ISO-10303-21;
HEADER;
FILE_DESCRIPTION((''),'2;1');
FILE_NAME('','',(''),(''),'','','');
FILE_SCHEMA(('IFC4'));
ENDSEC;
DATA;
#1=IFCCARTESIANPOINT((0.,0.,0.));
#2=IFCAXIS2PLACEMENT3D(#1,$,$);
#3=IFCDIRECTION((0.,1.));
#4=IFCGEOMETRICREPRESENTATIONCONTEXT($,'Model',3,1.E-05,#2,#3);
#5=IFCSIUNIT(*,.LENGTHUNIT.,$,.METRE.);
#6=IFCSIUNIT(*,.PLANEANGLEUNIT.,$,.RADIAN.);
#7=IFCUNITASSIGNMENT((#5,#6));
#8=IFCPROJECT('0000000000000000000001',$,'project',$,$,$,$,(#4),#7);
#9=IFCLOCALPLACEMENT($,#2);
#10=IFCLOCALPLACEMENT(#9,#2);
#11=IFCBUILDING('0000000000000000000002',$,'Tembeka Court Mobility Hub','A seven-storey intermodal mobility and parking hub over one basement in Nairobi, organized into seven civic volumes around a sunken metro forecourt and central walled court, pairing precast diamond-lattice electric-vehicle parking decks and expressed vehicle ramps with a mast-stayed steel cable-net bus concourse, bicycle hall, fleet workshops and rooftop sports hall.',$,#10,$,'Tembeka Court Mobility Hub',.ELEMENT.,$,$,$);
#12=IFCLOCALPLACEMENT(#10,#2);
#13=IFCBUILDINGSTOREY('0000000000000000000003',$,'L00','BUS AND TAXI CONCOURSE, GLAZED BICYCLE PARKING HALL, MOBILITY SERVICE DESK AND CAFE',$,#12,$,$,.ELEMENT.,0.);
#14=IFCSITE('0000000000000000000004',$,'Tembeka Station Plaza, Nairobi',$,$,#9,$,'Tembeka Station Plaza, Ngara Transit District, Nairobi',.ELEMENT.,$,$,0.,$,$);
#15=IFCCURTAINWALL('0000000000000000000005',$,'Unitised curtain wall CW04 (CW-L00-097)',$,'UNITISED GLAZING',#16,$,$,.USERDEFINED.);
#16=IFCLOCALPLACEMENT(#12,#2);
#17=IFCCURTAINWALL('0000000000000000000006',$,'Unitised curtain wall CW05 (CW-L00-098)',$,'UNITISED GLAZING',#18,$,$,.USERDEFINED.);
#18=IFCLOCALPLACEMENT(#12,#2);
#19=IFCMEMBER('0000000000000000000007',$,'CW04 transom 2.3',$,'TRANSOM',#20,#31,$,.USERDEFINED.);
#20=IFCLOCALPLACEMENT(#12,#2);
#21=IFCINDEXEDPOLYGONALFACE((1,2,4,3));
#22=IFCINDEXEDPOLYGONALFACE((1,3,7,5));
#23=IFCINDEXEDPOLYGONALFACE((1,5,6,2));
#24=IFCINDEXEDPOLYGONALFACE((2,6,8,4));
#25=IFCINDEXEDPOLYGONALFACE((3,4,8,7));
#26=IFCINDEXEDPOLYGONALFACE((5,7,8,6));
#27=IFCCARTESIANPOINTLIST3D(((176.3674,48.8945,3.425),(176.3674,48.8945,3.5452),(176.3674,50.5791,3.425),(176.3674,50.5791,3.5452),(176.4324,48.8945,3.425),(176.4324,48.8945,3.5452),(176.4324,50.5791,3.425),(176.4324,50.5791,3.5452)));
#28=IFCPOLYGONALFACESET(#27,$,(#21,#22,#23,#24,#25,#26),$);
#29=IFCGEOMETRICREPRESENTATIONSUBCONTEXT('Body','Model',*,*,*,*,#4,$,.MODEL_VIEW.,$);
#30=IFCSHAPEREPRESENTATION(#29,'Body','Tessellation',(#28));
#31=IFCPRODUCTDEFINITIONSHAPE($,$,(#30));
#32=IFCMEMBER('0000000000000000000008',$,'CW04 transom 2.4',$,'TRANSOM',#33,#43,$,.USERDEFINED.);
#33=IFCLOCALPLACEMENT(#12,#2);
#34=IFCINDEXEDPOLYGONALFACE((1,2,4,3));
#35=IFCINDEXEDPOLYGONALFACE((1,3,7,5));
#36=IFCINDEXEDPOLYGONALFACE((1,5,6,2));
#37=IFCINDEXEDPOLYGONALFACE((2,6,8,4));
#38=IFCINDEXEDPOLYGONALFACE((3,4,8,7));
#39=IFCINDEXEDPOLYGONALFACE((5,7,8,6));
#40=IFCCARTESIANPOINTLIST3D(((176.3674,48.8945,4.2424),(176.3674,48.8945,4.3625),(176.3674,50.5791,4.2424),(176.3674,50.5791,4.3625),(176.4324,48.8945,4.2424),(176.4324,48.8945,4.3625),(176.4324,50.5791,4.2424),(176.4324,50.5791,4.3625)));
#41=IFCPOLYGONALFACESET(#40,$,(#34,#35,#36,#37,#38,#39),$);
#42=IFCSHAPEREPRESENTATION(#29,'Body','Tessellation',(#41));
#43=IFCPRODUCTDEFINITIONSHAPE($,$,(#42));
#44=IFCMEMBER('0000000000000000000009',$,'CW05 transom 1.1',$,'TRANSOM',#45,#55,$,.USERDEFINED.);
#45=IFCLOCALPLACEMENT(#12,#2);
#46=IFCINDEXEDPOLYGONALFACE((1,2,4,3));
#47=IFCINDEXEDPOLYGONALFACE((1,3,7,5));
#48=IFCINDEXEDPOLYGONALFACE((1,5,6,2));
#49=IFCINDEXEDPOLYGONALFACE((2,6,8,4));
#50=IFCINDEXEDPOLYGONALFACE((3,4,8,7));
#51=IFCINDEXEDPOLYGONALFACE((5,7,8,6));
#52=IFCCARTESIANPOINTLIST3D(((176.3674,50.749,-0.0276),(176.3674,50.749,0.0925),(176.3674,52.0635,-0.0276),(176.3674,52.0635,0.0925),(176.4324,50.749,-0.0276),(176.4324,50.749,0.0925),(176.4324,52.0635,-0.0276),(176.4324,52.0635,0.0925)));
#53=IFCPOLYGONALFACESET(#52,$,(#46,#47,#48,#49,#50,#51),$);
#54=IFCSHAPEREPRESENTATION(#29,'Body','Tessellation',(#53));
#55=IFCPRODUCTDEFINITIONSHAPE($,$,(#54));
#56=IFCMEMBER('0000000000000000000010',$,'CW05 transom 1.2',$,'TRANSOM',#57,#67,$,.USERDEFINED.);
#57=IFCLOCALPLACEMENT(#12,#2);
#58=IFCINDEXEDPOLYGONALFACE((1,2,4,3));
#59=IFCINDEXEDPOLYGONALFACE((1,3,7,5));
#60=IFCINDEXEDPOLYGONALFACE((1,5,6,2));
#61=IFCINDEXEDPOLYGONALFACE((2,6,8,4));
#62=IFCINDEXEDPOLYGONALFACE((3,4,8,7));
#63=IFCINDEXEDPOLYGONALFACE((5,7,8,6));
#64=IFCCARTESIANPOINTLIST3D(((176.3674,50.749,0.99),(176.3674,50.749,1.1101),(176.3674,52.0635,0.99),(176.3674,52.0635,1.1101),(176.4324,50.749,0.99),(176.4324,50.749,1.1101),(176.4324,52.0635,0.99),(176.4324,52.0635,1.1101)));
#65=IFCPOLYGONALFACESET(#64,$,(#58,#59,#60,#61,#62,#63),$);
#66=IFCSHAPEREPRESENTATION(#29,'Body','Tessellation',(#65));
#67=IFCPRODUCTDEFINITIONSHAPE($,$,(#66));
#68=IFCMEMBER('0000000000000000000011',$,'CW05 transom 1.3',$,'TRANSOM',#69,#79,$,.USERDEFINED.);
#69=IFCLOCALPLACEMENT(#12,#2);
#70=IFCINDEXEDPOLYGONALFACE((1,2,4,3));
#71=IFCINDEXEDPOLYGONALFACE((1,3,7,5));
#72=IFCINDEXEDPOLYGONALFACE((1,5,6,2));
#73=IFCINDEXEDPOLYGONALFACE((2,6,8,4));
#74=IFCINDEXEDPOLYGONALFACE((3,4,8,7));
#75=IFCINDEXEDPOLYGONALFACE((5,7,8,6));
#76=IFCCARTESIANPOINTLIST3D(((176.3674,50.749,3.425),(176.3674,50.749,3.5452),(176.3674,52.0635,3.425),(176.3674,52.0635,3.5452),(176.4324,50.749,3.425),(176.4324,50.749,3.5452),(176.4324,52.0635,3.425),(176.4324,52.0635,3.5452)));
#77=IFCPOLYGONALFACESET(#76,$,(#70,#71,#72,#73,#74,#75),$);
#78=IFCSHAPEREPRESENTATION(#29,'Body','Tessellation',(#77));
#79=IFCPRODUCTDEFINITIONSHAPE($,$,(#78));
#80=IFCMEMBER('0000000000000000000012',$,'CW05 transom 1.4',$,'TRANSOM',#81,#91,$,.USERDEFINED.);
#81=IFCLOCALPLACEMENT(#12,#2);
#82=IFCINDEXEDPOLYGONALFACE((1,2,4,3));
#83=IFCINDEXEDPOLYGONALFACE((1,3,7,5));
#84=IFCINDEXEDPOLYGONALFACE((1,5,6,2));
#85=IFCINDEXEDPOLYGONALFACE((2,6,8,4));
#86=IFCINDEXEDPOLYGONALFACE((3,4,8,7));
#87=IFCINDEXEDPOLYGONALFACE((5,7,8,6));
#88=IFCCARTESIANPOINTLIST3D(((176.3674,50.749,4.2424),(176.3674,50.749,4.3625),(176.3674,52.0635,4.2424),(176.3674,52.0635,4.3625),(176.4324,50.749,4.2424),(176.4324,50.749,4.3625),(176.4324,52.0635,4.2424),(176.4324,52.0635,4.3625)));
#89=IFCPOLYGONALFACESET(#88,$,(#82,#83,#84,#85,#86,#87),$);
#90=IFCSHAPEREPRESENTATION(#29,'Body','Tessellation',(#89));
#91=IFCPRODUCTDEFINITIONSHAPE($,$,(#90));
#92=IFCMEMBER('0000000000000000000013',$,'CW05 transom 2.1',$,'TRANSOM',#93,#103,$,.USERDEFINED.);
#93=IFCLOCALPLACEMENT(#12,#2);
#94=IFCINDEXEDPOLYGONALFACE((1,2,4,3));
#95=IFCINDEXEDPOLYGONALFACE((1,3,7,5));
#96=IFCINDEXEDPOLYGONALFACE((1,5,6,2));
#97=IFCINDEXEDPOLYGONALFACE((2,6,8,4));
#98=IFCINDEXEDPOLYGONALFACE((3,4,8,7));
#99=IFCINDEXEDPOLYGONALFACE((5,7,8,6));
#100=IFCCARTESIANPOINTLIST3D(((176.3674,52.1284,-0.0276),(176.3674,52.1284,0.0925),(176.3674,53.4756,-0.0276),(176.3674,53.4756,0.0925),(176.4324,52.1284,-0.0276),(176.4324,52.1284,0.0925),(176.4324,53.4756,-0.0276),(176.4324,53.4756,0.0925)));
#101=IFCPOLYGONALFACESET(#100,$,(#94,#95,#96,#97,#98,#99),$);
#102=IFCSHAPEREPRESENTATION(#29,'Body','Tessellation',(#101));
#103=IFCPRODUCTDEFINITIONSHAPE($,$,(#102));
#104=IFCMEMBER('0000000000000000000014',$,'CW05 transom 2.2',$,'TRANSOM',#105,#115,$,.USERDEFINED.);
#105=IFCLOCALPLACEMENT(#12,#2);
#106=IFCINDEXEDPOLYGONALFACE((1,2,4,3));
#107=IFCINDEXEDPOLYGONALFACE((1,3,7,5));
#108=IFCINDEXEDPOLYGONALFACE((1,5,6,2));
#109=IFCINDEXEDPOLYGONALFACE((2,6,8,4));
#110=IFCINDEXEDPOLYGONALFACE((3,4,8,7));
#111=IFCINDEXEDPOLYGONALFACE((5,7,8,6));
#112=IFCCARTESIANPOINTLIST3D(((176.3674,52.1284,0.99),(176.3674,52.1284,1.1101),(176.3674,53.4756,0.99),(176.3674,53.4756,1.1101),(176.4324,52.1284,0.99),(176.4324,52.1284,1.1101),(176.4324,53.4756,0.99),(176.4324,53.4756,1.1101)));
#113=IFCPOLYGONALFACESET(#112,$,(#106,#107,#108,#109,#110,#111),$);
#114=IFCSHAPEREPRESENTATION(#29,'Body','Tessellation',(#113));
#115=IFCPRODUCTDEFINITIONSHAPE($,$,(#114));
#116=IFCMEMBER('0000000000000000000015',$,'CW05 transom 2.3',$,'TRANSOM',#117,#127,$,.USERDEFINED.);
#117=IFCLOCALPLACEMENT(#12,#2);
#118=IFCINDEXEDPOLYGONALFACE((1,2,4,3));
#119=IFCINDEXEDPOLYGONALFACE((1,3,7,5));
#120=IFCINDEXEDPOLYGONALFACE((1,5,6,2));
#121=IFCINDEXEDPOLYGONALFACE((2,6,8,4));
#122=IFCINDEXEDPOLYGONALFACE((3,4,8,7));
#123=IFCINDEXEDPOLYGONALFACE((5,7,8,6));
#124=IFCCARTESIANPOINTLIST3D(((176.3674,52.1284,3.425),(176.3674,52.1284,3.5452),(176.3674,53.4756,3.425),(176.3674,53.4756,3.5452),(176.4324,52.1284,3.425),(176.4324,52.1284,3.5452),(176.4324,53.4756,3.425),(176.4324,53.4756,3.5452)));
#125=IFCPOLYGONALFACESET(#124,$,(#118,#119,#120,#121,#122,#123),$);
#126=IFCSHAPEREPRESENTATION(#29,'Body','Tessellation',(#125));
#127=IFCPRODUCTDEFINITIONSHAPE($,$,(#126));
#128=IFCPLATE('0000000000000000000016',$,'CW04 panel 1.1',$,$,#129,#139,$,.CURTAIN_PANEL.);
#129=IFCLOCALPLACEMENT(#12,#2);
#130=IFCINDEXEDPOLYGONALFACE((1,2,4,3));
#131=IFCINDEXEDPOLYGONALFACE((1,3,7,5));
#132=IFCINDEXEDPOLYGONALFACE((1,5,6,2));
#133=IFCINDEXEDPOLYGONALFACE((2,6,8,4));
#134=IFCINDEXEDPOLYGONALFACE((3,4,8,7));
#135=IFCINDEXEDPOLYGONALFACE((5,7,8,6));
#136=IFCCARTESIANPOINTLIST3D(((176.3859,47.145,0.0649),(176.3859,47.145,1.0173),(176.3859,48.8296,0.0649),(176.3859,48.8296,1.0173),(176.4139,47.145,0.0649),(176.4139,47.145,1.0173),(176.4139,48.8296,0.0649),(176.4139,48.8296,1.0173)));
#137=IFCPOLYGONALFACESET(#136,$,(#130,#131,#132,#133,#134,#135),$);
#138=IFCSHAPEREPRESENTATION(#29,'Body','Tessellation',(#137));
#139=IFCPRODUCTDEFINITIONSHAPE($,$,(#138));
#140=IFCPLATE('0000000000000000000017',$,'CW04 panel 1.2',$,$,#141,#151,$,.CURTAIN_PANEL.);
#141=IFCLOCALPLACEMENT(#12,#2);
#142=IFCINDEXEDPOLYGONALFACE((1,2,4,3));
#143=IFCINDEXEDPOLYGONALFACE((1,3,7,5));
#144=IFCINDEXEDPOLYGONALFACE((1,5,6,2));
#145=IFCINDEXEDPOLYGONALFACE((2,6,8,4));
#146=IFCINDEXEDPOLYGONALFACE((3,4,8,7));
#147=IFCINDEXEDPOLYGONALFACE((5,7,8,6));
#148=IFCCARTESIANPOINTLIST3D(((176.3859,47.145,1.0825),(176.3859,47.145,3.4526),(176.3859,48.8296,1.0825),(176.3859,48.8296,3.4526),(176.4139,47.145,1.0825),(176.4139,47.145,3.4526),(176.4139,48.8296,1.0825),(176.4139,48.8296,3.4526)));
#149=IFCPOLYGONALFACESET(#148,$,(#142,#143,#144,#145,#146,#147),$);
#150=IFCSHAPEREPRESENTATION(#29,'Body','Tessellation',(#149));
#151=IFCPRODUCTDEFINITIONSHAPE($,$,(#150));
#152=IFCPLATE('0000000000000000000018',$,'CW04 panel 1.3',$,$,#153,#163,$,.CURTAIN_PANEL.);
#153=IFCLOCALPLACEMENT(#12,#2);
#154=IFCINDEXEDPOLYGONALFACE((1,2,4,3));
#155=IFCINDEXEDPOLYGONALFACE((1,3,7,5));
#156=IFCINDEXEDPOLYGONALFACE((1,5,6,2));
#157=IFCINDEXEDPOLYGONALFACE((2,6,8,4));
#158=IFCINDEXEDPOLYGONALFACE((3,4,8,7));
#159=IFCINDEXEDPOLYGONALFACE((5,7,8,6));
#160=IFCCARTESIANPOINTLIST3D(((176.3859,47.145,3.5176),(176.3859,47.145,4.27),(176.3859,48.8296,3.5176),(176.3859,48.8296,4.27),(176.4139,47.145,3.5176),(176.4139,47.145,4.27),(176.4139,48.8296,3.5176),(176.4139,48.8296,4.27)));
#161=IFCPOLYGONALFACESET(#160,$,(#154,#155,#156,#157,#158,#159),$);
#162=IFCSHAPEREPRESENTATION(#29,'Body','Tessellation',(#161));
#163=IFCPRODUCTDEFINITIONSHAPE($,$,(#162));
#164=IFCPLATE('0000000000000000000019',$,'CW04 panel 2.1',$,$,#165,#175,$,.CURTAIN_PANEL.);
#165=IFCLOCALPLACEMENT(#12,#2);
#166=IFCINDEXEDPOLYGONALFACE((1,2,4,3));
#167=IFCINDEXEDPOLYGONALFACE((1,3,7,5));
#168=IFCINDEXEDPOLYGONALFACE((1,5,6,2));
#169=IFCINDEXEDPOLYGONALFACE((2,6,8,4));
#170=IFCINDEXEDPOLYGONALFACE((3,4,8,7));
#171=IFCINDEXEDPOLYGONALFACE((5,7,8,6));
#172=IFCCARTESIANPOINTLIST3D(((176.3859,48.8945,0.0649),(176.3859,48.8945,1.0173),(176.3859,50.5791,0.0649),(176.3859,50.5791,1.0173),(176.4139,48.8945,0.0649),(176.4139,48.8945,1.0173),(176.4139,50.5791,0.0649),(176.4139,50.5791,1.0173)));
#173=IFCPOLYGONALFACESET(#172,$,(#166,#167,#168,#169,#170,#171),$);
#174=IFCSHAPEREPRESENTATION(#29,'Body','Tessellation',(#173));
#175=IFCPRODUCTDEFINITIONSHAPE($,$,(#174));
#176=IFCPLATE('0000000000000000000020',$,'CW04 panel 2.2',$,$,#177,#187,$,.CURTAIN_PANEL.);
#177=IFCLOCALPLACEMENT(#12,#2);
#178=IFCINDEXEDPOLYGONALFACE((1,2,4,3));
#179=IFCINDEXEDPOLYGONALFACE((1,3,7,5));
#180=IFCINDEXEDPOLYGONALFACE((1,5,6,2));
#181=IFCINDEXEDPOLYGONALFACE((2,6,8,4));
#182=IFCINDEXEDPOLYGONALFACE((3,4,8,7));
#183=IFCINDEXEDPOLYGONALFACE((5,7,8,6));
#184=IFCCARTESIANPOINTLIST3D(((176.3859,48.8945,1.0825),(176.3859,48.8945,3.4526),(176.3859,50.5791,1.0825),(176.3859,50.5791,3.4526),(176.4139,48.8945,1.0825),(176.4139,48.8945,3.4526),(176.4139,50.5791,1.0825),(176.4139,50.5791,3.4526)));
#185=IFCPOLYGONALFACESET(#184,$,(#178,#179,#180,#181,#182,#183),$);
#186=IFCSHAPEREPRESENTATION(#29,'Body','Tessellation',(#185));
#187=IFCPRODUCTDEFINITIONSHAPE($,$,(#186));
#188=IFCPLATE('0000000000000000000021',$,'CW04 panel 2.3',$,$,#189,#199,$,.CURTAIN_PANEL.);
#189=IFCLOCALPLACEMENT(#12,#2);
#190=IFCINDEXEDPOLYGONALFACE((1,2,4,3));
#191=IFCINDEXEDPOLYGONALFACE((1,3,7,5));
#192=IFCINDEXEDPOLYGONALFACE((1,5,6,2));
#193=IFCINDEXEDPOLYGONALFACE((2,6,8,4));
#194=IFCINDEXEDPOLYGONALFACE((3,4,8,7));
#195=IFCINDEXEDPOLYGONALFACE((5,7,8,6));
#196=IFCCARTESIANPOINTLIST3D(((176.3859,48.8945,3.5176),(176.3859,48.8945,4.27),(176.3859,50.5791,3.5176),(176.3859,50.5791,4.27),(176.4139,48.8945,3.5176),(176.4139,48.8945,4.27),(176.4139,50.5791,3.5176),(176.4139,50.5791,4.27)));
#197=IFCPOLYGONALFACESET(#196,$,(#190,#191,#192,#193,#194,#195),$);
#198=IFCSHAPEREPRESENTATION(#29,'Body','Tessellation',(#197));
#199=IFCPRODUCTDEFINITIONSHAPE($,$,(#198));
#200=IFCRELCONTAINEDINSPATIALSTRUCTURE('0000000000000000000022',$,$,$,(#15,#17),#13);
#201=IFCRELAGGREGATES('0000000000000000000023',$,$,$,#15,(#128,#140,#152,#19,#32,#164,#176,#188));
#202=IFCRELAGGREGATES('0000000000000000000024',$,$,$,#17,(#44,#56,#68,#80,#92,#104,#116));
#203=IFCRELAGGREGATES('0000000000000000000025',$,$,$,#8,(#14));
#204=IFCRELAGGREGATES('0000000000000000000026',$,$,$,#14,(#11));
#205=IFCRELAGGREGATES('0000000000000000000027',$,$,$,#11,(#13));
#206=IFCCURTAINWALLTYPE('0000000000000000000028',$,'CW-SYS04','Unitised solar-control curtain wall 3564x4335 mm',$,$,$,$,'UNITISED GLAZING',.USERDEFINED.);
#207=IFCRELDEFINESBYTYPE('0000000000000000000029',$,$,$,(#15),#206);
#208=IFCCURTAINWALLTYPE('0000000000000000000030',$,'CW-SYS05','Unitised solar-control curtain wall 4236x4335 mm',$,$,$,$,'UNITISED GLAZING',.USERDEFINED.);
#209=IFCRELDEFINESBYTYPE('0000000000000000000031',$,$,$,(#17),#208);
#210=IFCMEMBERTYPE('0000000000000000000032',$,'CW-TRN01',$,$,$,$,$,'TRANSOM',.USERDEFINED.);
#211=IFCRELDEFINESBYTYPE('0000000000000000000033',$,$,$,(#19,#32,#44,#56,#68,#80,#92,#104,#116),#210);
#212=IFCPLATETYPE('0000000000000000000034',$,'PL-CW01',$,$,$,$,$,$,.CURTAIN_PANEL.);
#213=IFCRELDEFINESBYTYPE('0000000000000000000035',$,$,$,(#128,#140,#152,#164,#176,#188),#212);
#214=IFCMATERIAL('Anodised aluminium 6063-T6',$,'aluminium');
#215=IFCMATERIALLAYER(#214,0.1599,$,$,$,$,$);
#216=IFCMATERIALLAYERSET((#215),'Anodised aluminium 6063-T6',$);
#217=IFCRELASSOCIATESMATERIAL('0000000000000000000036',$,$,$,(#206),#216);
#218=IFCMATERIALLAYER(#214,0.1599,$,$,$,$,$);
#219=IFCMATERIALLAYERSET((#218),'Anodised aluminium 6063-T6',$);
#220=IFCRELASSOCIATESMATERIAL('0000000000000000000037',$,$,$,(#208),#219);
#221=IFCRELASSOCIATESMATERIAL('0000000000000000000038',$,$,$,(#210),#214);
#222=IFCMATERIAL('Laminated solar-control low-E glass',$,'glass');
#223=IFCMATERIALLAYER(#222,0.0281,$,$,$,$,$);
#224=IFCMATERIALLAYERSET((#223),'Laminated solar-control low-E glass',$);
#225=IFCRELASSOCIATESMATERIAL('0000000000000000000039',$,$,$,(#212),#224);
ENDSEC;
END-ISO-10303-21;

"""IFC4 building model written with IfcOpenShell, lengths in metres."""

from ifc_helpers import new_model, si_unit, direction, frame, origin, origin_2d, place, context, subcontext, project, spatial, rectangle, extrude, material, layer, layer_set, material_profile, profile_set, type_object, element, aggregate, save


model = new_model("IFC4")

# Units and contexts
model_context = context("Model", 3, precision=1e-05, world=origin(), true_north=direction((0.0, 1.0)))
body_context = subcontext(model_context, "Body", "Model", "MODEL_VIEW")
ifc_project = project(units=[si_unit("LENGTHUNIT", "METRE"), si_unit("PLANEANGLEUNIT", "RADIAN")], contexts=[model_context])

# Site, building, storey
site_placement = place(None, origin())
site = spatial("IfcSite", under=ifc_project, at=site_placement, Name="Tembeka Station Plaza, Nairobi", LongName="Tembeka Station Plaza, Ngara Transit District, Nairobi", CompositionType="ELEMENT", RefElevation=0.0)
building_placement = place(site_placement, origin())
building = spatial("IfcBuilding", under=site, at=building_placement, Name="Tembeka Court Mobility Hub", Description="A seven-storey intermodal mobility and parking hub over one basement in Nairobi, organized into seven civic volumes around a sunken metro forecourt and central walled court, pairing precast diamond-lattice electric-vehicle parking decks and expressed vehicle ramps with a mast-stayed steel cable-net bus concourse, bicycle hall, fleet workshops and rooftop sports hall.", LongName="Tembeka Court Mobility Hub", CompositionType="ELEMENT")
storey_placement = place(building_placement, origin())
storey = spatial("IfcBuildingStorey", under=building, at=storey_placement, Name="L00", Description="BUS AND TAXI CONCOURSE, GLAZED BICYCLE PARKING HALL, MOBILITY SERVICE DESK AND CAFE", CompositionType="ELEMENT", Elevation=0.0)

# Curtain walls
ifc_material_1 = material(Name="Anodised aluminium 6063-T6", Category="aluminium")
ifc_layer_1 = layer(ifc_material_1, 0.1599)
ifc_layer_set_1 = layer_set([ifc_layer_1], Name="Anodised aluminium 6063-T6")
curtain_wall_type_1 = type_object("IfcCurtainWallType", Name="CW-SYS04", Description="Unitised solar-control curtain wall 3564x4335 mm", ElementType="UNITISED GLAZING", PredefinedType="USERDEFINED", material=ifc_layer_set_1)
curtain_wall_1_placement = place(storey_placement, origin())
curtain_wall_1 = element("IfcCurtainWall", 1, at=curtain_wall_1_placement, inside=storey, type_object=curtain_wall_type_1, Name="Unitised curtain wall CW04 (CW-L00-097)", ObjectType="UNITISED GLAZING", PredefinedType="USERDEFINED")
ifc_layer_2 = layer(ifc_material_1, 0.1599)
ifc_layer_set_2 = layer_set([ifc_layer_2], Name="Anodised aluminium 6063-T6")
curtain_wall_type_2 = type_object("IfcCurtainWallType", Name="CW-SYS05", Description="Unitised solar-control curtain wall 4236x4335 mm", ElementType="UNITISED GLAZING", PredefinedType="USERDEFINED", material=ifc_layer_set_2)
curtain_wall_2_placement = place(storey_placement, origin())
curtain_wall_2 = element("IfcCurtainWall", 2, at=curtain_wall_2_placement, inside=storey, type_object=curtain_wall_type_2, Name="Unitised curtain wall CW05 (CW-L00-098)", ObjectType="UNITISED GLAZING", PredefinedType="USERDEFINED")

# Members
ifc_material_profile_1 = material_profile(ifc_material_1, rectangle(XDim=0.0649, YDim=0.1201, at=origin_2d()), Name="ALU-TRN 65x120")
ifc_profile_set_1 = profile_set([ifc_material_profile_1], Name="Anodised aluminium 6063-T6")
member_type_1 = type_object("IfcMemberType", Name="CW-TRN01", ElementType="TRANSOM", PredefinedType="USERDEFINED", material=ifc_profile_set_1)
member_1_placement = place(storey_placement, frame((176.3999, 48.8945, 3.4851), z_axis=(0.0, 1.0, 0.0), x_axis=(-1.0, 0.0, 0.0)))
member_1 = element("IfcMember", 3, at=member_1_placement, type_object=member_type_1, Name="CW04 transom 2.3", ObjectType="TRANSOM", PredefinedType="USERDEFINED", context=body_context, shape_type="SweptSolid", body=[
    extrude(rectangle(XDim=0.0649, YDim=0.1201, at=origin_2d()), origin(), (0.0, 0.0, 1.0), 1.6846),
])
member_2_placement = place(storey_placement, frame((176.3999, 48.8945, 4.3025), z_axis=(0.0, 1.0, 0.0), x_axis=(-1.0, 0.0, 0.0)))
member_2 = element("IfcMember", 4, at=member_2_placement, type_object=member_type_1, Name="CW04 transom 2.4", ObjectType="TRANSOM", PredefinedType="USERDEFINED", context=body_context, shape_type="SweptSolid", body=[
    extrude(rectangle(XDim=0.0649, YDim=0.1201, at=origin_2d()), origin(), (0.0, 0.0, 1.0), 1.6846),
])
member_3_placement = place(storey_placement, frame((176.3999, 50.749, 0.0325), z_axis=(0.0, 1.0, 0.0), x_axis=(-1.0, 0.0, 0.0)))
member_3 = element("IfcMember", 5, at=member_3_placement, type_object=member_type_1, Name="CW05 transom 1.1", ObjectType="TRANSOM", PredefinedType="USERDEFINED", context=body_context, shape_type="SweptSolid", body=[
    extrude(rectangle(XDim=0.0649, YDim=0.1201, at=origin_2d()), origin(), (0.0, 0.0, 1.0), 1.3145),
])
member_4_placement = place(storey_placement, frame((176.3999, 50.749, 1.05), z_axis=(0.0, 1.0, 0.0), x_axis=(-1.0, 0.0, 0.0)))
member_4 = element("IfcMember", 6, at=member_4_placement, type_object=member_type_1, Name="CW05 transom 1.2", ObjectType="TRANSOM", PredefinedType="USERDEFINED", context=body_context, shape_type="SweptSolid", body=[
    extrude(rectangle(XDim=0.0649, YDim=0.1201, at=origin_2d()), origin(), (0.0, 0.0, 1.0), 1.3145),
])
member_5_placement = place(storey_placement, frame((176.3999, 50.749, 3.4851), z_axis=(0.0, 1.0, 0.0), x_axis=(-1.0, 0.0, 0.0)))
member_5 = element("IfcMember", 7, at=member_5_placement, type_object=member_type_1, Name="CW05 transom 1.3", ObjectType="TRANSOM", PredefinedType="USERDEFINED", context=body_context, shape_type="SweptSolid", body=[
    extrude(rectangle(XDim=0.0649, YDim=0.1201, at=origin_2d()), origin(), (0.0, 0.0, 1.0), 1.3145),
])
member_6_placement = place(storey_placement, frame((176.3999, 50.749, 4.3025), z_axis=(0.0, 1.0, 0.0), x_axis=(-1.0, 0.0, 0.0)))
member_6 = element("IfcMember", 8, at=member_6_placement, type_object=member_type_1, Name="CW05 transom 1.4", ObjectType="TRANSOM", PredefinedType="USERDEFINED", context=body_context, shape_type="SweptSolid", body=[
    extrude(rectangle(XDim=0.0649, YDim=0.1201, at=origin_2d()), origin(), (0.0, 0.0, 1.0), 1.3145),
])
member_7_placement = place(storey_placement, frame((176.3999, 52.1284, 0.0325), z_axis=(0.0, 1.0, 0.0), x_axis=(-1.0, 0.0, 0.0)))
member_7 = element("IfcMember", 9, at=member_7_placement, type_object=member_type_1, Name="CW05 transom 2.1", ObjectType="TRANSOM", PredefinedType="USERDEFINED", context=body_context, shape_type="SweptSolid", body=[
    extrude(rectangle(XDim=0.0649, YDim=0.1201, at=origin_2d()), origin(), (0.0, 0.0, 1.0), 1.3472),
])
member_8_placement = place(storey_placement, frame((176.3999, 52.1284, 1.05), z_axis=(0.0, 1.0, 0.0), x_axis=(-1.0, 0.0, 0.0)))
member_8 = element("IfcMember", 10, at=member_8_placement, type_object=member_type_1, Name="CW05 transom 2.2", ObjectType="TRANSOM", PredefinedType="USERDEFINED", context=body_context, shape_type="SweptSolid", body=[
    extrude(rectangle(XDim=0.0649, YDim=0.1201, at=origin_2d()), origin(), (0.0, 0.0, 1.0), 1.3472),
])
member_9_placement = place(storey_placement, frame((176.3999, 52.1284, 3.4851), z_axis=(0.0, 1.0, 0.0), x_axis=(-1.0, 0.0, 0.0)))
member_9 = element("IfcMember", 11, at=member_9_placement, type_object=member_type_1, Name="CW05 transom 2.3", ObjectType="TRANSOM", PredefinedType="USERDEFINED", context=body_context, shape_type="SweptSolid", body=[
    extrude(rectangle(XDim=0.0649, YDim=0.1201, at=origin_2d()), origin(), (0.0, 0.0, 1.0), 1.3472),
])

# Plates
ifc_material_2 = material(Name="Laminated solar-control low-E glass", Category="glass")
ifc_layer_3 = layer(ifc_material_2, 0.0281)
ifc_layer_set_3 = layer_set([ifc_layer_3], Name="Laminated solar-control low-E glass")
plate_type = type_object("IfcPlateType", Name="PL-CW01", PredefinedType="CURTAIN_PANEL", material=ifc_layer_set_3)
plate_1_placement = place(storey_placement, frame((176.3999, 47.9873, 0.0649), z_axis=(0.0, 0.0, 1.0), x_axis=(0.0, 1.0, 0.0)))
plate_1 = element("IfcPlate", 12, at=plate_1_placement, type_object=plate_type, Name="CW04 panel 1.1", PredefinedType="CURTAIN_PANEL", context=body_context, shape_type="SweptSolid", body=[
    extrude(rectangle(XDim=1.6846, YDim=0.0281, at=origin_2d()), origin(), (0.0, 0.0, 1.0), 0.9524),
])
plate_2_placement = place(storey_placement, frame((176.3999, 47.9873, 1.0825), z_axis=(0.0, 0.0, 1.0), x_axis=(0.0, 1.0, 0.0)))
plate_2 = element("IfcPlate", 13, at=plate_2_placement, type_object=plate_type, Name="CW04 panel 1.2", PredefinedType="CURTAIN_PANEL", context=body_context, shape_type="SweptSolid", body=[
    extrude(rectangle(XDim=1.6846, YDim=0.0281, at=origin_2d()), origin(), (0.0, 0.0, 1.0), 2.3701),
])
plate_3_placement = place(storey_placement, frame((176.3999, 47.9873, 3.5176), z_axis=(0.0, 0.0, 1.0), x_axis=(0.0, 1.0, 0.0)))
plate_3 = element("IfcPlate", 14, at=plate_3_placement, type_object=plate_type, Name="CW04 panel 1.3", PredefinedType="CURTAIN_PANEL", context=body_context, shape_type="SweptSolid", body=[
    extrude(rectangle(XDim=1.6846, YDim=0.0281, at=origin_2d()), origin(), (0.0, 0.0, 1.0), 0.7524),
])
plate_4_placement = place(storey_placement, frame((176.3999, 49.7368, 0.0649), z_axis=(0.0, 0.0, 1.0), x_axis=(0.0, 1.0, 0.0)))
plate_4 = element("IfcPlate", 15, at=plate_4_placement, type_object=plate_type, Name="CW04 panel 2.1", PredefinedType="CURTAIN_PANEL", context=body_context, shape_type="SweptSolid", body=[
    extrude(rectangle(XDim=1.6846, YDim=0.0281, at=origin_2d()), origin(), (0.0, 0.0, 1.0), 0.9524),
])
plate_5_placement = place(storey_placement, frame((176.3999, 49.7368, 1.0825), z_axis=(0.0, 0.0, 1.0), x_axis=(0.0, 1.0, 0.0)))
plate_5 = element("IfcPlate", 16, at=plate_5_placement, type_object=plate_type, Name="CW04 panel 2.2", PredefinedType="CURTAIN_PANEL", context=body_context, shape_type="SweptSolid", body=[
    extrude(rectangle(XDim=1.6846, YDim=0.0281, at=origin_2d()), origin(), (0.0, 0.0, 1.0), 2.3701),
])
plate_6_placement = place(storey_placement, frame((176.3999, 49.7368, 3.5176), z_axis=(0.0, 0.0, 1.0), x_axis=(0.0, 1.0, 0.0)))
plate_6 = element("IfcPlate", 17, at=plate_6_placement, type_object=plate_type, Name="CW04 panel 2.3", PredefinedType="CURTAIN_PANEL", context=body_context, shape_type="SweptSolid", body=[
    extrude(rectangle(XDim=1.6846, YDim=0.0281, at=origin_2d()), origin(), (0.0, 0.0, 1.0), 0.7524),
])
aggregate(curtain_wall_1, [plate_1, plate_2, plate_3, member_1, member_2, plate_4, plate_5, plate_6])
aggregate(curtain_wall_2, [member_3, member_4, member_5, member_6, member_7, member_8, member_9])

save(model, "model.ifc")
